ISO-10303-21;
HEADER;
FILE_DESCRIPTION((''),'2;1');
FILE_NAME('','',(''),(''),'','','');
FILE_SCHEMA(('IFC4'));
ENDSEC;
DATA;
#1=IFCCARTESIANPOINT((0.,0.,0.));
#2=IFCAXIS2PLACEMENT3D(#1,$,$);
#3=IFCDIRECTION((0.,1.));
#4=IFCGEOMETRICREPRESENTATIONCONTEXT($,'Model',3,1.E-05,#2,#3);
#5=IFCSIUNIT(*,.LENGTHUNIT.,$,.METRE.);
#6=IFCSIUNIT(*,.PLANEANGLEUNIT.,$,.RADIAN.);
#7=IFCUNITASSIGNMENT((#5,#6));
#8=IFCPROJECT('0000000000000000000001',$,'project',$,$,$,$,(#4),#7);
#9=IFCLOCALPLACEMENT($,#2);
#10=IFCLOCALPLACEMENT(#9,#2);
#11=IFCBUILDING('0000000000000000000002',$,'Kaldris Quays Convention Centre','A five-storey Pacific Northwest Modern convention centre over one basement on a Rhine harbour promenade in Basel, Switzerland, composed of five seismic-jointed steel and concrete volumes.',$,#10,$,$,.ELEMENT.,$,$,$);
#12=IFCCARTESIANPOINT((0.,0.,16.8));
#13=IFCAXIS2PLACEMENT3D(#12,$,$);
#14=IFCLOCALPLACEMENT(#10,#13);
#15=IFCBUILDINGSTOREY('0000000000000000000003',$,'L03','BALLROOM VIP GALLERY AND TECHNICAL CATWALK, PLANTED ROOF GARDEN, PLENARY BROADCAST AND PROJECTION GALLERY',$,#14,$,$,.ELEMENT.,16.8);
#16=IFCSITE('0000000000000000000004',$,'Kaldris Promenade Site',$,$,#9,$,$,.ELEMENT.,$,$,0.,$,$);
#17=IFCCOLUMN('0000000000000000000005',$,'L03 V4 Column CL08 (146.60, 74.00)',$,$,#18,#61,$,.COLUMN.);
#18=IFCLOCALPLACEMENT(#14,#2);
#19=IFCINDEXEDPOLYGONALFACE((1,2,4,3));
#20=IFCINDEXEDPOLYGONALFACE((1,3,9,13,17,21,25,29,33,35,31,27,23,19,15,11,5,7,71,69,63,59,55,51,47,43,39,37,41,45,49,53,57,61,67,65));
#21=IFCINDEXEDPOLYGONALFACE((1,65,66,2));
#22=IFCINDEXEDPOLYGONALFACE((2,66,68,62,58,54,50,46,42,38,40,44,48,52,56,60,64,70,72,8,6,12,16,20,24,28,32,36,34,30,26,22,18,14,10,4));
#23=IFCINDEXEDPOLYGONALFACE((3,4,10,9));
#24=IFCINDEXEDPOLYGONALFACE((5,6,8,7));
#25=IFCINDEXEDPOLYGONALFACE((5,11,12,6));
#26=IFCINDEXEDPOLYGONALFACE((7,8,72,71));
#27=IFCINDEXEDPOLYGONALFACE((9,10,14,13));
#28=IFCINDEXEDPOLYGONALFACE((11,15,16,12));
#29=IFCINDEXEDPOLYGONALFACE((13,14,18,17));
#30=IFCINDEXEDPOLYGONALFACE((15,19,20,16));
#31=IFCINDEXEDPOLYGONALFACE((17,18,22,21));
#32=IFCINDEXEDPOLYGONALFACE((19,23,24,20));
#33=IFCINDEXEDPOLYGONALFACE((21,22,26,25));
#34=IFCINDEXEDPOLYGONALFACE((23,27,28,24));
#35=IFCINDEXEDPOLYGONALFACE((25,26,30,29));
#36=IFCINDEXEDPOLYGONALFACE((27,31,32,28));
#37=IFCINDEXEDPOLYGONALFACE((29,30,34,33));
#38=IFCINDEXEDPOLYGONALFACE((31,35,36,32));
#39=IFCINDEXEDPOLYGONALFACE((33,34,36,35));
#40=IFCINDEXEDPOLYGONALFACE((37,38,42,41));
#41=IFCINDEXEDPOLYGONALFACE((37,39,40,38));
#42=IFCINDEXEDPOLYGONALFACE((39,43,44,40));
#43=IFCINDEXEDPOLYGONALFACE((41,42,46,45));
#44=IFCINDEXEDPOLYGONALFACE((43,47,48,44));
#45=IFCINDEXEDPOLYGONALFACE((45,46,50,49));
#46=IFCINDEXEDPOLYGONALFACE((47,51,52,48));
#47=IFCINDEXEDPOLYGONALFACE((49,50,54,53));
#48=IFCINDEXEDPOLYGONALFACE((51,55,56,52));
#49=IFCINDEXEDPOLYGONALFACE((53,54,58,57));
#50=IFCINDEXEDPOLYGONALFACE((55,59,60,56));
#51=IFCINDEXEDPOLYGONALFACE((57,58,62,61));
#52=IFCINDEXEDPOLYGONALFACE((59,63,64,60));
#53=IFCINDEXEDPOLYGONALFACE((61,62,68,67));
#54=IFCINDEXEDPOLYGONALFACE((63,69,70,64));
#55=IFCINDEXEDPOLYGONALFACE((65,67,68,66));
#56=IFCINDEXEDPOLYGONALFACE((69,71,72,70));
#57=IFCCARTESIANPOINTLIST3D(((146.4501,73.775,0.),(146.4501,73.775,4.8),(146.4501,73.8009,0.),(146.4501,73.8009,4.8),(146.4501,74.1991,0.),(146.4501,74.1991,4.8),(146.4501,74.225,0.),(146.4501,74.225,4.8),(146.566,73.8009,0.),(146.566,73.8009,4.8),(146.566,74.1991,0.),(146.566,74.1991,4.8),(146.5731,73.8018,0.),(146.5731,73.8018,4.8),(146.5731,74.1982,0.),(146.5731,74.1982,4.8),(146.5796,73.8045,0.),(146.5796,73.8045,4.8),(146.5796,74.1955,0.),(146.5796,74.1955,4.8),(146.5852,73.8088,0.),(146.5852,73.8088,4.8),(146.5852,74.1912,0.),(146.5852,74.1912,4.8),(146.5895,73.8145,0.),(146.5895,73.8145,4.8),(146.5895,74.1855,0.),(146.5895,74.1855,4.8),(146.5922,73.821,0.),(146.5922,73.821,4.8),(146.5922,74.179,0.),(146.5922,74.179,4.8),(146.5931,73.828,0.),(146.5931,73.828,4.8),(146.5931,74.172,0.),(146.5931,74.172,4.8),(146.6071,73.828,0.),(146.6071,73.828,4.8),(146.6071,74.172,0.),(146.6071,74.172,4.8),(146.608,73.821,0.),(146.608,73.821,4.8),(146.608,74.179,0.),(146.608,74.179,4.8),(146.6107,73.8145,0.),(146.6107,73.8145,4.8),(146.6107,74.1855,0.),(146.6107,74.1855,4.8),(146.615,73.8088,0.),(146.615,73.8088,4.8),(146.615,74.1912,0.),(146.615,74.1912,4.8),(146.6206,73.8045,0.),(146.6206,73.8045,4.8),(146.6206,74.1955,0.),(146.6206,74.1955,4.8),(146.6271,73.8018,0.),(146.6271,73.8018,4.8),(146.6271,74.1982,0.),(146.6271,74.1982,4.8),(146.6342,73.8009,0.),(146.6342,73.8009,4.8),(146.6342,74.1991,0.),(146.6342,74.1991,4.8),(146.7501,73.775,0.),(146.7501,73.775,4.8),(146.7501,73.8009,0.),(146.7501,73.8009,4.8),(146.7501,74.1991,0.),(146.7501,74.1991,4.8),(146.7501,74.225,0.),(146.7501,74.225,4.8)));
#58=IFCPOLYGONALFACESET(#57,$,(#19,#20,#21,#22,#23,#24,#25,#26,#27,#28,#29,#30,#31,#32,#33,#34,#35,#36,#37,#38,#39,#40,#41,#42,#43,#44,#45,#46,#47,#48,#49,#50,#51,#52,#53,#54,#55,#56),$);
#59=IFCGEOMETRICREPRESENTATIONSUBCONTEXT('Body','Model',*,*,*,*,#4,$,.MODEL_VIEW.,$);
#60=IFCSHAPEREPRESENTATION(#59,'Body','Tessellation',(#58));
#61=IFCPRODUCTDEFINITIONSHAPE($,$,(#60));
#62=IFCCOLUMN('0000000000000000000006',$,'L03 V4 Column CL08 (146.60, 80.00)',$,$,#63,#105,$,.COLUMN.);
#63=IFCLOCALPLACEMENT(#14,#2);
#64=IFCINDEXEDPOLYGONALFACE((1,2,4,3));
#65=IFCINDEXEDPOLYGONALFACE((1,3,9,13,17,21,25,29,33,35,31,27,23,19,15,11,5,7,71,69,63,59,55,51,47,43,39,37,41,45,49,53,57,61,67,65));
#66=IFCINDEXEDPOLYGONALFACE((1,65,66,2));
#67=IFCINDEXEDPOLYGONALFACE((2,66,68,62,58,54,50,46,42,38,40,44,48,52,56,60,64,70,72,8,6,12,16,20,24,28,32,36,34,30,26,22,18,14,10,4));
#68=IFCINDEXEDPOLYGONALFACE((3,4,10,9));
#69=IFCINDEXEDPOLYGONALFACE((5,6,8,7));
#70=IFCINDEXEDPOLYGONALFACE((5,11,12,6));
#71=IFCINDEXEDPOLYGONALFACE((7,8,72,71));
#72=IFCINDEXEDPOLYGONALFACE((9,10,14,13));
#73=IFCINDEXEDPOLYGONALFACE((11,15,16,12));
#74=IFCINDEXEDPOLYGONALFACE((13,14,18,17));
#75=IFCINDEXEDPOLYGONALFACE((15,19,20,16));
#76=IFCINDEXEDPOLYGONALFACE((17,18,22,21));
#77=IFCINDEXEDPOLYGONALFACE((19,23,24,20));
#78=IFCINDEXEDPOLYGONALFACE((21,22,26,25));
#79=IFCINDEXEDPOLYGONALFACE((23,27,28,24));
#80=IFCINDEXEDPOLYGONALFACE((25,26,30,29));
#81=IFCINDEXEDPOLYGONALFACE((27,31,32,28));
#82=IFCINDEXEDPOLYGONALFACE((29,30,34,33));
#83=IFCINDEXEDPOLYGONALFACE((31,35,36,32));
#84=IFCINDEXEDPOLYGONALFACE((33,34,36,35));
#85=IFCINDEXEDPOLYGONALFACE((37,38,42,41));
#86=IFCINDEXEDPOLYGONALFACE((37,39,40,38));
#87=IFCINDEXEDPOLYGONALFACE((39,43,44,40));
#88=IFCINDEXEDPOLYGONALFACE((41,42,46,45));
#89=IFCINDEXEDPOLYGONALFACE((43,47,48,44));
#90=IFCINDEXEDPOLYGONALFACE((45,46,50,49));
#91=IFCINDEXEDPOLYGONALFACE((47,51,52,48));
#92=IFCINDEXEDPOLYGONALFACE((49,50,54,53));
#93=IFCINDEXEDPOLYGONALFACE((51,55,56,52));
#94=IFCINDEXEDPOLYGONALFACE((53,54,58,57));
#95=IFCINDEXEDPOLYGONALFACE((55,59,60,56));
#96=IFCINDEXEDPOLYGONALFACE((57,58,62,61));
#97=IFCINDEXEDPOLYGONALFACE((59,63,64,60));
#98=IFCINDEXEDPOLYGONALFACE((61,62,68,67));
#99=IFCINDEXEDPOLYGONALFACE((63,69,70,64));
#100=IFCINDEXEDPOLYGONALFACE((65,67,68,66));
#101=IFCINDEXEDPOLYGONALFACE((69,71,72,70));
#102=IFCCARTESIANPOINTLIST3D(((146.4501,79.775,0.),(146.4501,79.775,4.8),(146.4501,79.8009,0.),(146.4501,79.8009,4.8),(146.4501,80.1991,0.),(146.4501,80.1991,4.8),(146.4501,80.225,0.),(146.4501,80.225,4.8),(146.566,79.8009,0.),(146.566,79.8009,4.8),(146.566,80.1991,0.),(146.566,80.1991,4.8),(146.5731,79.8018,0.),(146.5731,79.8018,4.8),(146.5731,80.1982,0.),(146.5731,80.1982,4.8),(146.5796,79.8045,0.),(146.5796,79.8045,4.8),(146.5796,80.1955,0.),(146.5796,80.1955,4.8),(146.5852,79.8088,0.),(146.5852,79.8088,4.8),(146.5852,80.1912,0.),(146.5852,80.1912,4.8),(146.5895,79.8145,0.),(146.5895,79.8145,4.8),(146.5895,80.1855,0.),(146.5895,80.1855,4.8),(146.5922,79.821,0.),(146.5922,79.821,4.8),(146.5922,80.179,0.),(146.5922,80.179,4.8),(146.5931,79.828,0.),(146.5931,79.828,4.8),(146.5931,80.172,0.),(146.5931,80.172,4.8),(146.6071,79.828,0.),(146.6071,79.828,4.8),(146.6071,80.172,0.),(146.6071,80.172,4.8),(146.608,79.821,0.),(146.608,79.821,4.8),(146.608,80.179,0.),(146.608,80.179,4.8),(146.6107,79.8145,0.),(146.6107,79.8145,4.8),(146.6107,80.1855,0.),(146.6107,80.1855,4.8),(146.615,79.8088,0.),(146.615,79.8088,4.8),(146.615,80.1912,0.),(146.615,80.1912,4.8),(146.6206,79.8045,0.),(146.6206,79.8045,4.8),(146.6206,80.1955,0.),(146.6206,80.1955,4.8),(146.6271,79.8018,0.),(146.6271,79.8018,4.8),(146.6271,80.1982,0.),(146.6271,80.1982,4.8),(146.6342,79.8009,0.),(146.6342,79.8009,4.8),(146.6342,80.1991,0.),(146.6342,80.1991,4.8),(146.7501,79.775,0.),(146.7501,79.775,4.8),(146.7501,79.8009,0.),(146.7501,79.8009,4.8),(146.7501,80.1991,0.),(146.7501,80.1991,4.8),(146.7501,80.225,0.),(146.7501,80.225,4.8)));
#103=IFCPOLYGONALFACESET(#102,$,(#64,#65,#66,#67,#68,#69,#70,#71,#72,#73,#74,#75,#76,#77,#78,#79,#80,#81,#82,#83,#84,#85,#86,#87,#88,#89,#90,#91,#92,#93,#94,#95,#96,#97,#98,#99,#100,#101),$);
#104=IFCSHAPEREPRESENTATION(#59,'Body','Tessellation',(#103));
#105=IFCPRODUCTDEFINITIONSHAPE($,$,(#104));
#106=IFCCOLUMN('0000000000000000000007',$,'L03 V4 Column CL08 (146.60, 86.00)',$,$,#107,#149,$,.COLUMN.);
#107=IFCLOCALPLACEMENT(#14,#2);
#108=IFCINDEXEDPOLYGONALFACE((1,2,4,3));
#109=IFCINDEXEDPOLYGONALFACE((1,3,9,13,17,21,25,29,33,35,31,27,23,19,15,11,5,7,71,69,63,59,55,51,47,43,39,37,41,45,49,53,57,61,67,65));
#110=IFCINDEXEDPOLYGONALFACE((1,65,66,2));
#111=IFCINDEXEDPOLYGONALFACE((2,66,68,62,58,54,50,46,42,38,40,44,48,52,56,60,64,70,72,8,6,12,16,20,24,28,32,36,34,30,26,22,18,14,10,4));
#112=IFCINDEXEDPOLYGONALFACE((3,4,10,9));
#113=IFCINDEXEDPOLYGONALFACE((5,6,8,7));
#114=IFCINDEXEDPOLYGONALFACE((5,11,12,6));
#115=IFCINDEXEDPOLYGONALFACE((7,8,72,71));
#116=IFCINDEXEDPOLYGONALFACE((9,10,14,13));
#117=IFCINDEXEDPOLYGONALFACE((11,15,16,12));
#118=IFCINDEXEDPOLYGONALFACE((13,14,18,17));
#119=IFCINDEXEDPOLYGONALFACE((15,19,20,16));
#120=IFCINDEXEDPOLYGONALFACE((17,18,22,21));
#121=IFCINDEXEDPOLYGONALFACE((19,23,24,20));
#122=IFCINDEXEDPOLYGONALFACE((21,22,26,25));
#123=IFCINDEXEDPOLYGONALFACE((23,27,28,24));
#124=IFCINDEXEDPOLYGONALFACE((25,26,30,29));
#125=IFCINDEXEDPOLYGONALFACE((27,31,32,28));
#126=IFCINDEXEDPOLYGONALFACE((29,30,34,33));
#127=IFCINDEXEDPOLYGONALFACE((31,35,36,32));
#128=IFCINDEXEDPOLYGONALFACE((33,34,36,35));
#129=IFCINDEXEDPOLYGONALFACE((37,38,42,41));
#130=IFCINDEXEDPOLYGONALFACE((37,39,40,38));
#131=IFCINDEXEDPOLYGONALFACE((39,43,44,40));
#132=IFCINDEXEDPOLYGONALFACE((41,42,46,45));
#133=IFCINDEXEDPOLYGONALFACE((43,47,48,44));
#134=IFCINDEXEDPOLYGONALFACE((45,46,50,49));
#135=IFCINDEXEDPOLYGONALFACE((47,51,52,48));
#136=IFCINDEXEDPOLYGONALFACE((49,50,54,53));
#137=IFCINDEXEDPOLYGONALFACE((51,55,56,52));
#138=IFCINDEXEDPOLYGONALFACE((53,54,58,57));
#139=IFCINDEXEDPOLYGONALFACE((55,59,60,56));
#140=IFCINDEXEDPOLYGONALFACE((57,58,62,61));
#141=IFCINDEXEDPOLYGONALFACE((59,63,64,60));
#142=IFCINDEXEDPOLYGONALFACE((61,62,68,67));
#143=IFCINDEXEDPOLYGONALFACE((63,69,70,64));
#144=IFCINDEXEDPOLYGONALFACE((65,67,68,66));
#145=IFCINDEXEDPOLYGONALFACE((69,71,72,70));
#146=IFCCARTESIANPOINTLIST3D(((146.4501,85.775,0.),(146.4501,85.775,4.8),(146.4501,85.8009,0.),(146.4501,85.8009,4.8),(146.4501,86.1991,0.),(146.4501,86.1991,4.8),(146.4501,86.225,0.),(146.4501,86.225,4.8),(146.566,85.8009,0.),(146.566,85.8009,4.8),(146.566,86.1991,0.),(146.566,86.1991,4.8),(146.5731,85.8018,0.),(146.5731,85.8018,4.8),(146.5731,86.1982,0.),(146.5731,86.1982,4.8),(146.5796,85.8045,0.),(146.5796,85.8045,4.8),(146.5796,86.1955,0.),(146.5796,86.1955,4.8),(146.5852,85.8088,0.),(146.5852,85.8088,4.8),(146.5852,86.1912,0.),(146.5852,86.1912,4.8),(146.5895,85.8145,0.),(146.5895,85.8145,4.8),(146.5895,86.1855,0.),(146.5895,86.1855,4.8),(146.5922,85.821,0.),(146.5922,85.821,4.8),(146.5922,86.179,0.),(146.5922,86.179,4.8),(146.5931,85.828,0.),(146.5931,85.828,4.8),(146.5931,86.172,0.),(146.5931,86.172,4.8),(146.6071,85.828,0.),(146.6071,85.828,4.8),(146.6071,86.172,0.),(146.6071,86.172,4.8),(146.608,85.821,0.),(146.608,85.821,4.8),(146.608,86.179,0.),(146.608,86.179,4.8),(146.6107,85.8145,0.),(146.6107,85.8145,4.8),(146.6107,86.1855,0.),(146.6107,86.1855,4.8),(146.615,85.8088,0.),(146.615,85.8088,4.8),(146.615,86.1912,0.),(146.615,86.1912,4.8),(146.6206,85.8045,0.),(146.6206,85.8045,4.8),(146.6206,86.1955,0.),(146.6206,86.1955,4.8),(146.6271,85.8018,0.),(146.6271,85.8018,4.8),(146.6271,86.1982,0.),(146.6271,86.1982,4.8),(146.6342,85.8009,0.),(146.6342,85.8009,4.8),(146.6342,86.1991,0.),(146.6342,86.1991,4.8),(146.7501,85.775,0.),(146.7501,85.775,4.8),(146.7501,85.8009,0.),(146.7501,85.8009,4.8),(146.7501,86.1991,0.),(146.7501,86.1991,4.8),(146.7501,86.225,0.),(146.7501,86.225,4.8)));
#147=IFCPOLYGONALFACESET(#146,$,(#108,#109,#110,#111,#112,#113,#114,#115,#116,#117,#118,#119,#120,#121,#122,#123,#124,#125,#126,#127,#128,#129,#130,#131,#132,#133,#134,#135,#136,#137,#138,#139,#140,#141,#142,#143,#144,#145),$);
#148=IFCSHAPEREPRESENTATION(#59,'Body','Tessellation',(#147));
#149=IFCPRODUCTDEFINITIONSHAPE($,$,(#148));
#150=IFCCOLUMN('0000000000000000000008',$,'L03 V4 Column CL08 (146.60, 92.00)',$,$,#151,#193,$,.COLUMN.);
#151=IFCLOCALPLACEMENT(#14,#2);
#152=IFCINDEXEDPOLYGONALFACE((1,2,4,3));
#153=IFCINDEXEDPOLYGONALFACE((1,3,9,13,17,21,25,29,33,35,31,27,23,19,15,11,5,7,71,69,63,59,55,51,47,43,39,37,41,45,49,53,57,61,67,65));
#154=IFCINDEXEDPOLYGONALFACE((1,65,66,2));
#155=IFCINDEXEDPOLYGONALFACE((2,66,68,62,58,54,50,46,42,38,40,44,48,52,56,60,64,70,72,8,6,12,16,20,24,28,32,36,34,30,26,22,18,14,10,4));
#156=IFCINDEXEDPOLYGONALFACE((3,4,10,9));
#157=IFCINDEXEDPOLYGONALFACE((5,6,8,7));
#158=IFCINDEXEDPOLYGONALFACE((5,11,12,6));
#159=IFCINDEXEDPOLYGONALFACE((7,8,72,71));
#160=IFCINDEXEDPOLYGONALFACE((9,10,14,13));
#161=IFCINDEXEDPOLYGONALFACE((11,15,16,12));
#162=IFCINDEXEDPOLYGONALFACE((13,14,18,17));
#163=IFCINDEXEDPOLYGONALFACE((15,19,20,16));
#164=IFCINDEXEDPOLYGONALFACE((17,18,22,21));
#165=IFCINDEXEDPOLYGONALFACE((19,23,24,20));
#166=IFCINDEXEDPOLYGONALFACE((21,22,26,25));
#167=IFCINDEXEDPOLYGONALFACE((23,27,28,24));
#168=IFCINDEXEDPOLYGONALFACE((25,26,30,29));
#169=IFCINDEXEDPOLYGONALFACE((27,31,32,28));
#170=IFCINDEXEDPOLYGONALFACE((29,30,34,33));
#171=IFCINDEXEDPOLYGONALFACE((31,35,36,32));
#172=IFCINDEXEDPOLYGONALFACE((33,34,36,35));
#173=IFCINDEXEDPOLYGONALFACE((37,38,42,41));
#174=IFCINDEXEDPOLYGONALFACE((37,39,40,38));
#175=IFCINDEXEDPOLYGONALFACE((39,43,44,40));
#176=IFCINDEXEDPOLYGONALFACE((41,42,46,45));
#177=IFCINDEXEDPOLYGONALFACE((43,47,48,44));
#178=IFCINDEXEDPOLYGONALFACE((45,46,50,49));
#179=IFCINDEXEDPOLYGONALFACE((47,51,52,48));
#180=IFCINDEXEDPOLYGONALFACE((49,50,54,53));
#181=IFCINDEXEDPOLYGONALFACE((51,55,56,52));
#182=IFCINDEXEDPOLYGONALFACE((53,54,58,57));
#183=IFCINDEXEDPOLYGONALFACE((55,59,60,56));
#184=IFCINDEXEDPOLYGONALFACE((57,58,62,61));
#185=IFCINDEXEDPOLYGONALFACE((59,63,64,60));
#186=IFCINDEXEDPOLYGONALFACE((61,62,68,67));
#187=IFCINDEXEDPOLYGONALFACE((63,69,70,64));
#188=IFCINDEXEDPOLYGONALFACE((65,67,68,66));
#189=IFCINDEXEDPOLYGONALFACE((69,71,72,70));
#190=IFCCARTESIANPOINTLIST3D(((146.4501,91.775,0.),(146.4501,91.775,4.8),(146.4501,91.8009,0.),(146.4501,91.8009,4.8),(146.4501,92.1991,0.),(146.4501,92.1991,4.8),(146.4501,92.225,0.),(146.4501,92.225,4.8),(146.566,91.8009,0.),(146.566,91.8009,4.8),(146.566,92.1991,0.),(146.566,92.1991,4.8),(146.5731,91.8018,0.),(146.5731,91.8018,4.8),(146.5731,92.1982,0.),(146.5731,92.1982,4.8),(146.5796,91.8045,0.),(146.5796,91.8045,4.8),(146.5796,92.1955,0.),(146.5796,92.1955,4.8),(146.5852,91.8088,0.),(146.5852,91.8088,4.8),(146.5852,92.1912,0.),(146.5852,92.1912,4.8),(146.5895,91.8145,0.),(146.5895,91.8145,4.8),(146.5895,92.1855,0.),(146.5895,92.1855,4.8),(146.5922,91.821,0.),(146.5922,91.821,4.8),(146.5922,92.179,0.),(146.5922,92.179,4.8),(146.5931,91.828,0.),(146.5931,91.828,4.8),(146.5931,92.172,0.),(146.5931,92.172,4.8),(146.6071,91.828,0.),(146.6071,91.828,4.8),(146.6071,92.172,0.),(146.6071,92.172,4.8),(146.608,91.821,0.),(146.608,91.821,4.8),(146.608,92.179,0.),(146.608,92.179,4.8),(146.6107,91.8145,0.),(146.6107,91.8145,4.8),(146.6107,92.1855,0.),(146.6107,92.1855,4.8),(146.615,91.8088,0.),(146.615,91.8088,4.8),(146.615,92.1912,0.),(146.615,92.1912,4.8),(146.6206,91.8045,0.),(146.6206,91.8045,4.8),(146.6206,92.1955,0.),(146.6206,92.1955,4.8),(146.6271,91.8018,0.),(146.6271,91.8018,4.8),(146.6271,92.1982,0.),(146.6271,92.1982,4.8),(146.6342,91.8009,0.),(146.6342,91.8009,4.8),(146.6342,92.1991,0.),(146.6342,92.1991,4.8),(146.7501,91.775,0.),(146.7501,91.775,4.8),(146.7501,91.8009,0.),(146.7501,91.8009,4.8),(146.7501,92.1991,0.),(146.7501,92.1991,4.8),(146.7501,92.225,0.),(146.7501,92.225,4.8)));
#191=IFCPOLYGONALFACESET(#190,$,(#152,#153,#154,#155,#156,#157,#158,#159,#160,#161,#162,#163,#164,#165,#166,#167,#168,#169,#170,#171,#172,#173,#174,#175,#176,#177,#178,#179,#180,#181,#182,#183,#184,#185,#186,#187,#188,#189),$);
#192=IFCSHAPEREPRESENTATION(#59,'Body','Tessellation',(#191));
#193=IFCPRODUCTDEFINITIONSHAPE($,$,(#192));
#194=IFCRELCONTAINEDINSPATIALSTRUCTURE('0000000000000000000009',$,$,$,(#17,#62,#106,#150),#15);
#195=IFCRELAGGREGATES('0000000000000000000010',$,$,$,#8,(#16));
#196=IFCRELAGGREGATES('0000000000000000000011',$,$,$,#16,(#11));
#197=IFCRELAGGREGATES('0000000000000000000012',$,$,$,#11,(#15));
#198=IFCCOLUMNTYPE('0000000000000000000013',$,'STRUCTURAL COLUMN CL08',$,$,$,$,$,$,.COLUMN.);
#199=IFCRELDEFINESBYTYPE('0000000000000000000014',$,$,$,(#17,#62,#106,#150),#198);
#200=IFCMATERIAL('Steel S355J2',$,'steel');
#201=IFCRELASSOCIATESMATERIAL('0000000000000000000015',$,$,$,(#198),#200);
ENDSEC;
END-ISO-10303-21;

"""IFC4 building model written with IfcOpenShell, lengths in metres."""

from ifc_helpers import new_model, si_unit, direction, frame, origin, origin_2d, place, context, subcontext, project, spatial, i_section, extrude, material, material_profile, profile_set, type_object, element, save


model = new_model("IFC4")

# Units and contexts
model_context = context("Model", 3, precision=1e-05, world=origin(), true_north=direction((0.0, 1.0)))
body_context = subcontext(model_context, "Body", "Model", "MODEL_VIEW")
ifc_project = project(units=[si_unit("LENGTHUNIT", "METRE"), si_unit("PLANEANGLEUNIT", "RADIAN")], contexts=[model_context])

# Site, building, storey
site_placement = place(None, origin())
site = spatial("IfcSite", under=ifc_project, at=site_placement, Name="Kaldris Promenade Site", CompositionType="ELEMENT", RefElevation=0.0)
building_placement = place(site_placement, origin())
building = spatial("IfcBuilding", under=site, at=building_placement, Name="Kaldris Quays Convention Centre", Description="A five-storey Pacific Northwest Modern convention centre over one basement on a Rhine harbour promenade in Basel, Switzerland, composed of five seismic-jointed steel and concrete volumes.", CompositionType="ELEMENT")
storey_placement = place(building_placement, frame((0.0, 0.0, 16.8)))
storey = spatial("IfcBuildingStorey", under=building, at=storey_placement, Name="L03", Description="BALLROOM VIP GALLERY AND TECHNICAL CATWALK, PLANTED ROOF GARDEN, PLENARY BROADCAST AND PROJECTION GALLERY", CompositionType="ELEMENT", Elevation=16.8)

# Columns
ifc_material_1 = material(Name="Steel S355J2", Category="steel")
ifc_material_profile_1 = material_profile(ifc_material_1, i_section(OverallWidth=0.3, OverallDepth=0.45, WebThickness=0.0139, FlangeThickness=0.0259, FilletRadius=0.0271, at=origin_2d()), Name="HEB 450")
ifc_profile_set_1 = profile_set([ifc_material_profile_1], Name="Steel S355J2")
column_type_1 = type_object("IfcColumnType", Name="STRUCTURAL COLUMN CL08", PredefinedType="COLUMN", material=ifc_profile_set_1)
for number, where, z_axis, x_axis, name in (
    (1, (146.6001, 74.0, 0.0), (0.0, 0.0, 1.0), (1.0, 0.0, 0.0), "L03 V4 Column CL08 (146.60, 74.00)"),
    (2, (146.6001, 80.0, 0.0), (0.0, 0.0, 1.0), (1.0, 0.0, 0.0), "L03 V4 Column CL08 (146.60, 80.00)"),
    (3, (146.6001, 86.0, 0.0), (0.0, 0.0, 1.0), (1.0, 0.0, 0.0), "L03 V4 Column CL08 (146.60, 86.00)"),
    (4, (146.6001, 92.0, 0.0), (0.0, 0.0, 1.0), (1.0, 0.0, 0.0), "L03 V4 Column CL08 (146.60, 92.00)"),
):
    element("IfcColumn", number, at=place(storey_placement, frame(where, z_axis=z_axis, x_axis=x_axis)), inside=storey, type_object=column_type_1, Name=name, PredefinedType="COLUMN", context=body_context, shape_type="SweptSolid", body=[
        extrude(i_section(OverallWidth=0.3, OverallDepth=0.45, WebThickness=0.0139, FlangeThickness=0.0259, FilletRadius=0.0271, at=origin_2d()), origin(), (0.0, 0.0, 1.0), 4.8),
    ])

save(model, "model.ifc")
